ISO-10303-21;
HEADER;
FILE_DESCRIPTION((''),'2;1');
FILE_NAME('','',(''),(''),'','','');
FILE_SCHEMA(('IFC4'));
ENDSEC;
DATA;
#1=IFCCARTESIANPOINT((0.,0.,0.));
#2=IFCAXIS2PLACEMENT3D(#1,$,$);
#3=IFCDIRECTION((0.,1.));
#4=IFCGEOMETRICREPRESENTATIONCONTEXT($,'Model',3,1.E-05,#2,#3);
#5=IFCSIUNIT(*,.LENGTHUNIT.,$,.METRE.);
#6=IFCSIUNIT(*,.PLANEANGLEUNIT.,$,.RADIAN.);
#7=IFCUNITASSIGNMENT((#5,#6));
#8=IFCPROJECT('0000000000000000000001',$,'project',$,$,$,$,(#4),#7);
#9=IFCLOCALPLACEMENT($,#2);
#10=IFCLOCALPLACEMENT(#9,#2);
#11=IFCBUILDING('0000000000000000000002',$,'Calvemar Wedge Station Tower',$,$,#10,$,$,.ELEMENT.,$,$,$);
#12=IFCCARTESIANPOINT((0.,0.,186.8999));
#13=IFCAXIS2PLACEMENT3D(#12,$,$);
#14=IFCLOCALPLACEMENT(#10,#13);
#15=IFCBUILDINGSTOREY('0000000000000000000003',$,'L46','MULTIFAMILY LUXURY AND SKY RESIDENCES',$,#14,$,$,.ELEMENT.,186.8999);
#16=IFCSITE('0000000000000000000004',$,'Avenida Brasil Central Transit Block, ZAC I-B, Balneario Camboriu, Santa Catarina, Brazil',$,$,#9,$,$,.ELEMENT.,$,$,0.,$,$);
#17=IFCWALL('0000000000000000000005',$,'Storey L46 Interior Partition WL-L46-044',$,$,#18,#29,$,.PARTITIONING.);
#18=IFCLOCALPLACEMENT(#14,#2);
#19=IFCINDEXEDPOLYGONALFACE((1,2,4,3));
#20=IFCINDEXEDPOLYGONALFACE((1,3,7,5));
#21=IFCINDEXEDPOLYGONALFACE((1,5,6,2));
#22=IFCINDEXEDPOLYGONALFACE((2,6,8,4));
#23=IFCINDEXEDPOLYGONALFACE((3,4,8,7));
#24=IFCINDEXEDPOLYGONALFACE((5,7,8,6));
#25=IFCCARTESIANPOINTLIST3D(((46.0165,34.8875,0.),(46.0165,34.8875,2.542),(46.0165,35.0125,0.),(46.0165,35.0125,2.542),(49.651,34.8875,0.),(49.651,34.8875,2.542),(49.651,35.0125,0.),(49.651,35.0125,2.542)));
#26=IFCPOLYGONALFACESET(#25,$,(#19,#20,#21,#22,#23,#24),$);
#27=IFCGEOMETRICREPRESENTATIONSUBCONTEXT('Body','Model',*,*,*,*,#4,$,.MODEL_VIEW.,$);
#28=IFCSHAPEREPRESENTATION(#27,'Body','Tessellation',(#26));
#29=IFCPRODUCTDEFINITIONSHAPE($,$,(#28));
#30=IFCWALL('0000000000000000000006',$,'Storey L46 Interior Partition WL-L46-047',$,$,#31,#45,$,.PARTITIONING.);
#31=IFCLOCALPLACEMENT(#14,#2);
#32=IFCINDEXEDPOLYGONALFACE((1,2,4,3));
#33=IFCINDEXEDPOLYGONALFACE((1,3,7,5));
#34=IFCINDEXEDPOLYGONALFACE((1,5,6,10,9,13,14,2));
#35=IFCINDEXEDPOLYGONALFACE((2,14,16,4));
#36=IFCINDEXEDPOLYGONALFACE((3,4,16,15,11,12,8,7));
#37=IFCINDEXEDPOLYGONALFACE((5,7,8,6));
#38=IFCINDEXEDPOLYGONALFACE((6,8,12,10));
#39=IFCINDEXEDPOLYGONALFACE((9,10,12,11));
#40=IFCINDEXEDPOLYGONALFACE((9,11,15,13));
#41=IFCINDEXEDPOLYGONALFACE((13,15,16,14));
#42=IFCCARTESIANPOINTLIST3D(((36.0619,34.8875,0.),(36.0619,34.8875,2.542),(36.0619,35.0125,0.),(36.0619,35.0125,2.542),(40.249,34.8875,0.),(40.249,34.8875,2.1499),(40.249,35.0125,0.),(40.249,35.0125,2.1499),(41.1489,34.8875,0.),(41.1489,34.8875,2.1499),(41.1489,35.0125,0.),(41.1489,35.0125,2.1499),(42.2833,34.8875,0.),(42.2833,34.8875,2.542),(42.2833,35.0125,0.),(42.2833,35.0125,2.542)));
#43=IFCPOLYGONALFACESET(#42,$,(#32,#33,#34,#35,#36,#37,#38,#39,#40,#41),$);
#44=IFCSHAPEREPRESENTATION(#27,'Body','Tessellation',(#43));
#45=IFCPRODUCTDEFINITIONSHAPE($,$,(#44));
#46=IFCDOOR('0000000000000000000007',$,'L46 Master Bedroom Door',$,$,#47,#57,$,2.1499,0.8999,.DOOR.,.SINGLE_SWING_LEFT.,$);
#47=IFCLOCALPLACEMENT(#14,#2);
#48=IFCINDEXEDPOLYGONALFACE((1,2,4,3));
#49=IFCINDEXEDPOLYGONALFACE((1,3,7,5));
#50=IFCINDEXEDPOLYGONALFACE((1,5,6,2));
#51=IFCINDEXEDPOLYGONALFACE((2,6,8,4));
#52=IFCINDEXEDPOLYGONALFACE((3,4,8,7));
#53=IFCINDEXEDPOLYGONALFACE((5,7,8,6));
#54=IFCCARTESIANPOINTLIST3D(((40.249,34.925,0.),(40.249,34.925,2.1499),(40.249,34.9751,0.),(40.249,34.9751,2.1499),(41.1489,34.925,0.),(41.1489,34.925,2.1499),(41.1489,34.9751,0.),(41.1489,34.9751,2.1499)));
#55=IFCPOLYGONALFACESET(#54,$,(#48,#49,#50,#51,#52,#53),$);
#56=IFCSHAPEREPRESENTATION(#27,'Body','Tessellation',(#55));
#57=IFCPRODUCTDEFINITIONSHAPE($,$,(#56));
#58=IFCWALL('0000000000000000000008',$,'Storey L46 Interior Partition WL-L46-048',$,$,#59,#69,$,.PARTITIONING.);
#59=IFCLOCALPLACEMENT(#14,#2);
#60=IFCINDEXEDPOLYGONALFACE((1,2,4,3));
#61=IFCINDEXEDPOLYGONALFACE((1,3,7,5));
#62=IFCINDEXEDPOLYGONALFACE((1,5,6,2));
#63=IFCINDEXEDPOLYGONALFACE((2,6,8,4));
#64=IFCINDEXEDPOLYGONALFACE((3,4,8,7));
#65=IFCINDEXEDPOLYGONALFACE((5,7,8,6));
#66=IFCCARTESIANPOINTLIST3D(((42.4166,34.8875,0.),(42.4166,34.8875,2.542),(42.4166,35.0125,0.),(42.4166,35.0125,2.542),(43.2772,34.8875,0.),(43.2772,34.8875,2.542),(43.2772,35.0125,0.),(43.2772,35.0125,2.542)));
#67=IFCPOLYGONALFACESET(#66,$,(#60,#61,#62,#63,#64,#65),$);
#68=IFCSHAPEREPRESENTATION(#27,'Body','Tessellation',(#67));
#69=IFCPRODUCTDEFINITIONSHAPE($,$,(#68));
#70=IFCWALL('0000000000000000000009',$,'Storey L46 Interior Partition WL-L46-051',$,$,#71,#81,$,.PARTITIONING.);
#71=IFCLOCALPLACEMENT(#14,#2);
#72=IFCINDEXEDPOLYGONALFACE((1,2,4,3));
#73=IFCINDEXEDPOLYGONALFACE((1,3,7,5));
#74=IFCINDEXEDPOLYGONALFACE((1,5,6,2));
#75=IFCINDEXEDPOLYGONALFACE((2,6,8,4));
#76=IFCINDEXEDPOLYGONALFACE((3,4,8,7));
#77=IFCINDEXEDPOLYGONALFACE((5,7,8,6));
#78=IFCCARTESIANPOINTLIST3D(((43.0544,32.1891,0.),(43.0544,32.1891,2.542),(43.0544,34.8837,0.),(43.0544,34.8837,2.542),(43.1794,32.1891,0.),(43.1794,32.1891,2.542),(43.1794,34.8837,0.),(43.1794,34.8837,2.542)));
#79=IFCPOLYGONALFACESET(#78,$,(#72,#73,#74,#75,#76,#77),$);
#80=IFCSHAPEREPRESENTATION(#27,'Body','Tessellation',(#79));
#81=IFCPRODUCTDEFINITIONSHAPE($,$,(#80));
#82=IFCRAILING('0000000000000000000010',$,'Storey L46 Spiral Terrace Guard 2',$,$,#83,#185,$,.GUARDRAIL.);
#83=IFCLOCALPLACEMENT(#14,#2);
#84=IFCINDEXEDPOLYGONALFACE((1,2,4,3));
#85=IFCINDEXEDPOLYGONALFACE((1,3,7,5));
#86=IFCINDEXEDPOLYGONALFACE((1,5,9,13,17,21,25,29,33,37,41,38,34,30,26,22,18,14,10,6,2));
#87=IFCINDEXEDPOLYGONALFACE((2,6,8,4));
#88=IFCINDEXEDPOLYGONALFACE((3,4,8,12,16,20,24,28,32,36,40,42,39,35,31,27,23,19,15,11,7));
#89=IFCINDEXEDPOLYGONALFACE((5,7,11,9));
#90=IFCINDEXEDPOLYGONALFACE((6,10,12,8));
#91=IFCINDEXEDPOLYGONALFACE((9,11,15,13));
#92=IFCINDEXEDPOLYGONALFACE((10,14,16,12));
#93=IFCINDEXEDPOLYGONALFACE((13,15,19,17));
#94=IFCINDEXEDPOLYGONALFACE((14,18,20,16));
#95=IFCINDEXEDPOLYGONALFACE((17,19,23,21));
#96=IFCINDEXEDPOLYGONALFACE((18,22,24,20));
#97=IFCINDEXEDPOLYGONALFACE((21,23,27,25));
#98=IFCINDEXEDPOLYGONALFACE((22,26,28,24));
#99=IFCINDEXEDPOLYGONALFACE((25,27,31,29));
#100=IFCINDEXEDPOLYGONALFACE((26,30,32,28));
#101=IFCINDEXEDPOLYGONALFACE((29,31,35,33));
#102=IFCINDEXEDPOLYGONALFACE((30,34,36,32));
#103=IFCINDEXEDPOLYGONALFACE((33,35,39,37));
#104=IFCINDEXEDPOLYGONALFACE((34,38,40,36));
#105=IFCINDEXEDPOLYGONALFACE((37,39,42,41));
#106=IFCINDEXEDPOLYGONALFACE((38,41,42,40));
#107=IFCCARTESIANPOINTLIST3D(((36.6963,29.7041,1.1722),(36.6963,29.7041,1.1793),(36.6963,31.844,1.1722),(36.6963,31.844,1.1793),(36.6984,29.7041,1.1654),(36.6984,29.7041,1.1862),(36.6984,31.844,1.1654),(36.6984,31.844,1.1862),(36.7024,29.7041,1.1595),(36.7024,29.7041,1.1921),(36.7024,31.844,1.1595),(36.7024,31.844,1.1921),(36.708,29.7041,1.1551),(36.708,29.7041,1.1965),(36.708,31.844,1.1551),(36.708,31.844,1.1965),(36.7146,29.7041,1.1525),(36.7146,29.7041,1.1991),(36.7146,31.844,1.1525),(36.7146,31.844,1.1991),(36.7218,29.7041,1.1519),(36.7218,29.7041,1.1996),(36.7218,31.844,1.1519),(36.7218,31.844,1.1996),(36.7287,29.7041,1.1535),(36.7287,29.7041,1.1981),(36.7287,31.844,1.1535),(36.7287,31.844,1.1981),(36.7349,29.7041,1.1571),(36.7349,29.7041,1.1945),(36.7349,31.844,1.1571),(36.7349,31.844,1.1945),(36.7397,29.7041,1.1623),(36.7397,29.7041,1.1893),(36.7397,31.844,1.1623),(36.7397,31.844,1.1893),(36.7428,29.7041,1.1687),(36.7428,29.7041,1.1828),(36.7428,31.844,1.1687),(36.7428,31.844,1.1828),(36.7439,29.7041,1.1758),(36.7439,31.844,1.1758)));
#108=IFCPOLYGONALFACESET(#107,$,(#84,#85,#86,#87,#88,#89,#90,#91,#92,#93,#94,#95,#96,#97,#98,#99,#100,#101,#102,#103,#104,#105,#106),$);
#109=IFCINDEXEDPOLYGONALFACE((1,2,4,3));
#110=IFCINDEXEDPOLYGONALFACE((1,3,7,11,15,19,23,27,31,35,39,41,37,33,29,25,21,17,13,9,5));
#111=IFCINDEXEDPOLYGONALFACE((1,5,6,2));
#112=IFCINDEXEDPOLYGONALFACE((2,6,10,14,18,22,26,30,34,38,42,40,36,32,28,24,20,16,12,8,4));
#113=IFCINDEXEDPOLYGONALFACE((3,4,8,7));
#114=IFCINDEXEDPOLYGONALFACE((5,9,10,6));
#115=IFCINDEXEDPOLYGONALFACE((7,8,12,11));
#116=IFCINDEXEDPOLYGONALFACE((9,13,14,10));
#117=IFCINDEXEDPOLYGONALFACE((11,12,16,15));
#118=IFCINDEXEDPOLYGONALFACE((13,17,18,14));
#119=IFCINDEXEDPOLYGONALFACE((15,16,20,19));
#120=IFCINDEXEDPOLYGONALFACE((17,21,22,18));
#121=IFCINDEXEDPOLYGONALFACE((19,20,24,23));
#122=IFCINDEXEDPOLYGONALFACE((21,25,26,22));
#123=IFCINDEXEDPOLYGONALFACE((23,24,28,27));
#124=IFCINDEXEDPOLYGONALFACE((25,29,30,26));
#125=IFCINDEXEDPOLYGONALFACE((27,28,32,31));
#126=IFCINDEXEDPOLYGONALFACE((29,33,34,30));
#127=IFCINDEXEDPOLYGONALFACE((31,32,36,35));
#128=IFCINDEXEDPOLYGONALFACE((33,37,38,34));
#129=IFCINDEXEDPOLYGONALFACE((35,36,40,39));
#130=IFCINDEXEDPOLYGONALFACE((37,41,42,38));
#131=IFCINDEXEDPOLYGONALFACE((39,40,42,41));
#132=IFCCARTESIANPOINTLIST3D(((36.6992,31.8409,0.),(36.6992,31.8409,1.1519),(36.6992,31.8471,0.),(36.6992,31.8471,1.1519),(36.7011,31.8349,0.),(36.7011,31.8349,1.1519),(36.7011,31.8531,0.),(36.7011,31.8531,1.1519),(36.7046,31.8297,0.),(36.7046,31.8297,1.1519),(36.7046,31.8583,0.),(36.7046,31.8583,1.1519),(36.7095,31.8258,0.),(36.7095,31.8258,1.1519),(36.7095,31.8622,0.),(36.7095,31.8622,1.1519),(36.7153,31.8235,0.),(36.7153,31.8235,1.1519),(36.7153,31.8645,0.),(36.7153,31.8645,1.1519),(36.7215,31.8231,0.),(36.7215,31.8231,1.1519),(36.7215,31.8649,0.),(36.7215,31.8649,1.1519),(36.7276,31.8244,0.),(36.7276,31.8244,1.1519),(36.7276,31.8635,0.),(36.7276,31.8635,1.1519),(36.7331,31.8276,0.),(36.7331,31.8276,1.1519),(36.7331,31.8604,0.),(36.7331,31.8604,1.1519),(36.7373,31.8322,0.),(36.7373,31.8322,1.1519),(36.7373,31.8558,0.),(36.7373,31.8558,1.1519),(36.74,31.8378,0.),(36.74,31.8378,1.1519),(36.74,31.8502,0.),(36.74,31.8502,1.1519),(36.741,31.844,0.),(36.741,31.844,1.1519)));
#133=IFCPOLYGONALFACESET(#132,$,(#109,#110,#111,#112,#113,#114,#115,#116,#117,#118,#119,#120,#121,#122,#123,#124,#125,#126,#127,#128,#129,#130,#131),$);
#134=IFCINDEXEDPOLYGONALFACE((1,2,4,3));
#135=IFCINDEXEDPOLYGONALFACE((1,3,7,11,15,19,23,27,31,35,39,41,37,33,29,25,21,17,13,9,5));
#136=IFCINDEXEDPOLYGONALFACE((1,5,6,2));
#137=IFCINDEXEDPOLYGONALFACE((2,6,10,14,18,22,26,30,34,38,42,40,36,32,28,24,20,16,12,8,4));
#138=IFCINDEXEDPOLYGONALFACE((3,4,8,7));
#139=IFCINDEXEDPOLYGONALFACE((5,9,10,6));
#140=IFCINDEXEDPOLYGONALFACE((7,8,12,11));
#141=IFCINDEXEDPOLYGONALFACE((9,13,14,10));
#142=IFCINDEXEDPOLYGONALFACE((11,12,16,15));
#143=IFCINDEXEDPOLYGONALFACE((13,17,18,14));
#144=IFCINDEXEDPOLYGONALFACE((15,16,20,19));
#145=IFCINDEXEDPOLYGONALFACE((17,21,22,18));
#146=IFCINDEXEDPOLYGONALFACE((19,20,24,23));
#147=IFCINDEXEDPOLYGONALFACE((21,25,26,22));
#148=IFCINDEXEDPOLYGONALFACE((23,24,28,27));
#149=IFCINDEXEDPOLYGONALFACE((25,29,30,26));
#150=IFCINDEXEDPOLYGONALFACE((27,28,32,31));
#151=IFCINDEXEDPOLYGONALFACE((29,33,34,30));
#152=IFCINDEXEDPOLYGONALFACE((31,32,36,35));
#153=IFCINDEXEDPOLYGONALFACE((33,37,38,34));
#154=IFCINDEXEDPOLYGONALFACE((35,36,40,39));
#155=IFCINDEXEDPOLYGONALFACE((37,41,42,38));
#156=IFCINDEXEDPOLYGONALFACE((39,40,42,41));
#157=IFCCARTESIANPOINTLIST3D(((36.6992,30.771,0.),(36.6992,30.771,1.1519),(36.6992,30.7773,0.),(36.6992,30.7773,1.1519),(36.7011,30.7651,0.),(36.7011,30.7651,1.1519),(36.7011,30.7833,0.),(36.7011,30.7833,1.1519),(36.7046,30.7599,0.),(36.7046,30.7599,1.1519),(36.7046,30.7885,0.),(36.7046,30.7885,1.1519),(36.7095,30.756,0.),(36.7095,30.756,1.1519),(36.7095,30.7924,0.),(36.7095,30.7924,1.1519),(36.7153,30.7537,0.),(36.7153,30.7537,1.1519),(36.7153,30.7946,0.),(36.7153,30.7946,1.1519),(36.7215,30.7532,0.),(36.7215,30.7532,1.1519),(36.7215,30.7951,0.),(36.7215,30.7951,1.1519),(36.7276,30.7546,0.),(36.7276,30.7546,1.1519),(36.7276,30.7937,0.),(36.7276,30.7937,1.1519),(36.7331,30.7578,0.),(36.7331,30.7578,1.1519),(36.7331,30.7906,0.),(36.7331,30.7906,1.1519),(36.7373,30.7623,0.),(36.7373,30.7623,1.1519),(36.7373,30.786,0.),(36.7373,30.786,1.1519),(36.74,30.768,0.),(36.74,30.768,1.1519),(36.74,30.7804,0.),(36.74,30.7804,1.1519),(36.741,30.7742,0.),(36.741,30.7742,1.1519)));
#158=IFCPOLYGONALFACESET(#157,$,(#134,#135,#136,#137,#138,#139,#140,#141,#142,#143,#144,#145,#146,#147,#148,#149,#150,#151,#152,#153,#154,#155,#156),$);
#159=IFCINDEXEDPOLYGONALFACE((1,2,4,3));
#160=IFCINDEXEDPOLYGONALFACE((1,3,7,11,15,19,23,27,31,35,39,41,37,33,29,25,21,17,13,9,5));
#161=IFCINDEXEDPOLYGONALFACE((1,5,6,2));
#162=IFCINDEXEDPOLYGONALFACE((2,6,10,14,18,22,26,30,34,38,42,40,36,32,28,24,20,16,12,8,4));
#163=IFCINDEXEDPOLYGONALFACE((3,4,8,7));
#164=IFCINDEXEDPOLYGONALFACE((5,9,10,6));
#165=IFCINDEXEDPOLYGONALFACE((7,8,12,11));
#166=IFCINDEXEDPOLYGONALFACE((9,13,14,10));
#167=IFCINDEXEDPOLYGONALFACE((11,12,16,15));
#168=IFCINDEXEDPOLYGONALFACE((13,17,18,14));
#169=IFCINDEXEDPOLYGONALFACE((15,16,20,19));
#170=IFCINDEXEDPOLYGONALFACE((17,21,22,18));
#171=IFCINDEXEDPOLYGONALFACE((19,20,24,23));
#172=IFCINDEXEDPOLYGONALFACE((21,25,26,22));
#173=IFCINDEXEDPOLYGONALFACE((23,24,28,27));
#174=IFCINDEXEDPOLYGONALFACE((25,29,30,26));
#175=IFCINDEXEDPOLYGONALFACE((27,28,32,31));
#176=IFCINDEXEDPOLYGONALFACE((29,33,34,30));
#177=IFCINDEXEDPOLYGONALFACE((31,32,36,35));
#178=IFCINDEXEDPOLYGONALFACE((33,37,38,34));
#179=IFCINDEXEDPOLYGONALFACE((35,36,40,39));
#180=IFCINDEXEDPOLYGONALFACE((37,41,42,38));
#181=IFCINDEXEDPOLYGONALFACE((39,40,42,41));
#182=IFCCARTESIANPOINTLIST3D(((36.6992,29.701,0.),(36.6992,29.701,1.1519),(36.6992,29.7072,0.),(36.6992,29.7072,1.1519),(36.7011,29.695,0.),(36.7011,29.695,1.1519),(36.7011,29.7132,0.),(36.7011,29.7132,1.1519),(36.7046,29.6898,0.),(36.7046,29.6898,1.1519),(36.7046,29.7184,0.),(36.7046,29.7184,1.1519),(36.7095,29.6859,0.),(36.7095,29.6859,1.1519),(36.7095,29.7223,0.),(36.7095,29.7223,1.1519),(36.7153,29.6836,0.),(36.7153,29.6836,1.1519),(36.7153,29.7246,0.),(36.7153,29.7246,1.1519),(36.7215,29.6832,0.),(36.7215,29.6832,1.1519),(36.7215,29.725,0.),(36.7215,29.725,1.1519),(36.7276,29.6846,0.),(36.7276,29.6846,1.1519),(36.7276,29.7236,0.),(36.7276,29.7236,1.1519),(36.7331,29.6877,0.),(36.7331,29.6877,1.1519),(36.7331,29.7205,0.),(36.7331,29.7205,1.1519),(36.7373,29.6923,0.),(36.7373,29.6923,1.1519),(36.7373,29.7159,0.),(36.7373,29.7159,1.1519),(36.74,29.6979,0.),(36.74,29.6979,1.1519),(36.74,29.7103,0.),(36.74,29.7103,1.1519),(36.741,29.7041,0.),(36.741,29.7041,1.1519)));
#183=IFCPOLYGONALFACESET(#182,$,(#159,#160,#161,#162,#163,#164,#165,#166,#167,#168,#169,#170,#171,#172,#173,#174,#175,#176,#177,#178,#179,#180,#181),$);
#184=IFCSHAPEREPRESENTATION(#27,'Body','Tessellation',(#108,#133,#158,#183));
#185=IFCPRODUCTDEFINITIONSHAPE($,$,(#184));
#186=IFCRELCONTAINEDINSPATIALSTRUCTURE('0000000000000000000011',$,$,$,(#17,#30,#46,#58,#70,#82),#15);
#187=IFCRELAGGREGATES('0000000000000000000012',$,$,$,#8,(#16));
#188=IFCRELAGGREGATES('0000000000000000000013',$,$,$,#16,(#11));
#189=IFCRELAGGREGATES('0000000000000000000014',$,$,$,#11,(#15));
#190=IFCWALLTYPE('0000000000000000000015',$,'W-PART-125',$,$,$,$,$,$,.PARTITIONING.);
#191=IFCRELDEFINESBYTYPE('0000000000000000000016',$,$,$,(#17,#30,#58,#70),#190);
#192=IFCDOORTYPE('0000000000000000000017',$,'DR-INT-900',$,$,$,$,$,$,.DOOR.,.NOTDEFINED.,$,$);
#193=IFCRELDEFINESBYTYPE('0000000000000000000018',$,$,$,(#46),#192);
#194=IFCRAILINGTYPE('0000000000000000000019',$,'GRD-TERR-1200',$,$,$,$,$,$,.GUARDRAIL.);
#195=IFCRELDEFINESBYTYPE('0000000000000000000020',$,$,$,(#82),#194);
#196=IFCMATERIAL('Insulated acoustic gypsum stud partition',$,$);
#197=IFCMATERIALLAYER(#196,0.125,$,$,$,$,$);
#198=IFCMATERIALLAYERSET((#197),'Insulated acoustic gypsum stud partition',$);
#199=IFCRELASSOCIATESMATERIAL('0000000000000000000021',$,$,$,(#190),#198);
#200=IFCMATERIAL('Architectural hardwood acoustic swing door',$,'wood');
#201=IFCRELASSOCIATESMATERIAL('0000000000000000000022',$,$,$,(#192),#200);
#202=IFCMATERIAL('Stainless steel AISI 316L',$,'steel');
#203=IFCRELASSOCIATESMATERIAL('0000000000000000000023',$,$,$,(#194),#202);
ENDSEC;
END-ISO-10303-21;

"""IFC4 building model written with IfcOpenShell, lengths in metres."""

from ifc_helpers import new_model, si_unit, direction, frame, frame_2d, origin, origin_2d, place, context, subcontext, project, spatial, rectangle, circle, extrude, source, transform, mapped, material, layer, layer_set, type_object, element, fill, save


model = new_model("IFC4")

# Units and contexts
model_context = context("Model", 3, precision=1e-05, world=origin(), true_north=direction((0.0, 1.0)))
body_context = subcontext(model_context, "Body", "Model", "MODEL_VIEW")
ifc_project = project(units=[si_unit("LENGTHUNIT", "METRE"), si_unit("PLANEANGLEUNIT", "RADIAN")], contexts=[model_context])

# Site, building, storey
site_placement = place(None, origin())
site = spatial("IfcSite", under=ifc_project, at=site_placement, Name="Avenida Brasil Central Transit Block, ZAC I-B, Balneario Camboriu, Santa Catarina, Brazil", CompositionType="ELEMENT", RefElevation=0.0)
building_placement = place(site_placement, origin())
building = spatial("IfcBuilding", under=site, at=building_placement, Name="Calvemar Wedge Station Tower", CompositionType="ELEMENT")
storey_placement = place(building_placement, frame((0.0, 0.0, 186.8999)))
storey = spatial("IfcBuildingStorey", under=building, at=storey_placement, Name="L46", Description="MULTIFAMILY LUXURY AND SKY RESIDENCES", CompositionType="ELEMENT", Elevation=186.8999)

# Shared definitions
ifc_material_1 = material(Name="Insulated acoustic gypsum stud partition")
ifc_layer_1 = layer(ifc_material_1, 0.125)
ifc_layer_set_1 = layer_set([ifc_layer_1], Name="Insulated acoustic gypsum stud partition")
wall_type_1 = type_object("IfcWallType", Name="W-PART-125", PredefinedType="PARTITIONING", material=ifc_layer_set_1)
shared_shape_1 = source(origin(), body_context, "Body", "SweptSolid", [
    extrude(rectangle(XDim=0.8999, YDim=2.1499, at=frame_2d((0.45, 1.075))), frame((0.0, 0.0725, 0.0), z_axis=(0.0, -1.0, 0.0), x_axis=(1.0, 0.0, 0.0)), (0.0, 0.0, 1.0), 0.145),
])
ifc_material_2 = material(Name="Architectural hardwood acoustic swing door", Category="wood")
door_type_1 = type_object("IfcDoorType", Name="DR-INT-900", OperationType="NOTDEFINED", PredefinedType="DOOR", material=ifc_material_2)
shared_shape_2 = source(origin(), body_context, "Body", "SweptSolid", [
    extrude(rectangle(XDim=0.8999, YDim=2.1499, at=frame_2d((0.45, 1.075))), frame((0.0, 0.0249, 0.0), z_axis=(0.0, -1.0, 0.0), x_axis=(1.0, 0.0, 0.0)), (0.0, 0.0, 1.0), 0.05),
])

# Wall
wall_1_placement = place(storey_placement, frame((49.6511, 34.95, 0.0), z_axis=(0.0, 0.0, 1.0), x_axis=(-1.0, 0.0, 0.0)))
element("IfcWall", 1, at=wall_1_placement, inside=storey, type_object=wall_type_1, Name="Storey L46 Interior Partition WL-L46-044", PredefinedType="PARTITIONING", context=body_context, shape_type="SweptSolid", body=[
    extrude(rectangle(XDim=3.6345, YDim=0.125, at=frame_2d((1.8174, 0.0))), origin(), (0.0, 0.0, 1.0), 2.542),
])

# Wall, opening, door
wall_2_placement = place(storey_placement, frame((42.2834, 34.95, 0.0), z_axis=(0.0, 0.0, 1.0), x_axis=(-1.0, 0.0, 0.0)))
wall_2 = element("IfcWall", 2, at=wall_2_placement, inside=storey, type_object=wall_type_1, Name="Storey L46 Interior Partition WL-L46-047", PredefinedType="PARTITIONING", context=body_context, shape_type="SweptSolid", body=[
    extrude(rectangle(XDim=6.2214, YDim=0.125, at=frame_2d((3.1108, 0.0))), origin(), (0.0, 0.0, 1.0), 2.542),
])
opening_1_placement = place(wall_2_placement, frame((1.1345, 0.0, 0.0)))
opening_1 = element("IfcOpeningElement", 3, at=opening_1_placement, cuts=wall_2, PredefinedType="OPENING", context=body_context, shape_type="MappedRepresentation", body=[
    mapped(shared_shape_1, transform((0.0, 0.0, 0.0), scale=1.0)),
])
door_1_placement = place(opening_1_placement, origin())
door_1 = element("IfcDoor", 4, at=door_1_placement, inside=storey, type_object=door_type_1, Name="L46 Master Bedroom Door", OperationType="SINGLE_SWING_LEFT", OverallHeight=2.1499, OverallWidth=0.8999, PredefinedType="DOOR", context=body_context, shape_type="MappedRepresentation", body=[
    mapped(shared_shape_2, transform((0.0, 0.0, 0.0), scale=1.0)),
])
fill(opening_1, door_1)

# Wall
wall_3_placement = place(storey_placement, frame((43.2771, 34.95, 0.0), z_axis=(0.0, 0.0, 1.0), x_axis=(-1.0, 0.0, 0.0)))
element("IfcWall", 5, at=wall_3_placement, inside=storey, type_object=wall_type_1, Name="Storey L46 Interior Partition WL-L46-048", PredefinedType="PARTITIONING", context=body_context, shape_type="SweptSolid", body=[
    extrude(rectangle(XDim=0.8606, YDim=0.125, at=frame_2d((0.4302, 0.0))), origin(), (0.0, 0.0, 1.0), 2.542),
])

# Wall
wall_4_placement = place(storey_placement, frame((43.1169, 34.8835, 0.0), z_axis=(0.0, 0.0, 1.0), x_axis=(0.0, -1.0, 0.0)))
element("IfcWall", 6, at=wall_4_placement, inside=storey, type_object=wall_type_1, Name="Storey L46 Interior Partition WL-L46-051", PredefinedType="PARTITIONING", context=body_context, shape_type="SweptSolid", body=[
    extrude(rectangle(XDim=2.6946, YDim=0.125, at=frame_2d((1.3472, 0.0))), origin(), (0.0, 0.0, 1.0), 2.542),
])

# Railing
ifc_material_3 = material(Name="Stainless steel AISI 316L", Category="steel")
railing_type = type_object("IfcRailingType", Name="GRD-TERR-1200", PredefinedType="GUARDRAIL", material=ifc_material_3)
railing_1_placement = place(storey_placement, frame((36.72, 31.844, 0.0)))
element("IfcRailing", 7, at=railing_1_placement, inside=storey, type_object=railing_type, Name="Storey L46 Spiral Terrace Guard 2", PredefinedType="GUARDRAIL", context=body_context, shape_type="SweptSolid", body=[
    extrude(circle(Radius=0.0239, at=origin_2d()), frame((0.0, 0.0, 1.1758), z_axis=(0.0, -1.0, 0.0), x_axis=(1.0, 0.0, 0.0)), (0.0, 0.0, 1.0), 2.1399),
    extrude(circle(Radius=0.021, at=origin_2d()), origin(), (0.0, 0.0, 1.0), 1.1519),
    extrude(circle(Radius=0.021, at=origin_2d()), frame((0.0, -1.0698, 0.0)), (0.0, 0.0, 1.0), 1.1519),
    extrude(circle(Radius=0.021, at=origin_2d()), frame((0.0, -2.1399, 0.0)), (0.0, 0.0, 1.0), 1.1519),
])

save(model, "model.ifc")
